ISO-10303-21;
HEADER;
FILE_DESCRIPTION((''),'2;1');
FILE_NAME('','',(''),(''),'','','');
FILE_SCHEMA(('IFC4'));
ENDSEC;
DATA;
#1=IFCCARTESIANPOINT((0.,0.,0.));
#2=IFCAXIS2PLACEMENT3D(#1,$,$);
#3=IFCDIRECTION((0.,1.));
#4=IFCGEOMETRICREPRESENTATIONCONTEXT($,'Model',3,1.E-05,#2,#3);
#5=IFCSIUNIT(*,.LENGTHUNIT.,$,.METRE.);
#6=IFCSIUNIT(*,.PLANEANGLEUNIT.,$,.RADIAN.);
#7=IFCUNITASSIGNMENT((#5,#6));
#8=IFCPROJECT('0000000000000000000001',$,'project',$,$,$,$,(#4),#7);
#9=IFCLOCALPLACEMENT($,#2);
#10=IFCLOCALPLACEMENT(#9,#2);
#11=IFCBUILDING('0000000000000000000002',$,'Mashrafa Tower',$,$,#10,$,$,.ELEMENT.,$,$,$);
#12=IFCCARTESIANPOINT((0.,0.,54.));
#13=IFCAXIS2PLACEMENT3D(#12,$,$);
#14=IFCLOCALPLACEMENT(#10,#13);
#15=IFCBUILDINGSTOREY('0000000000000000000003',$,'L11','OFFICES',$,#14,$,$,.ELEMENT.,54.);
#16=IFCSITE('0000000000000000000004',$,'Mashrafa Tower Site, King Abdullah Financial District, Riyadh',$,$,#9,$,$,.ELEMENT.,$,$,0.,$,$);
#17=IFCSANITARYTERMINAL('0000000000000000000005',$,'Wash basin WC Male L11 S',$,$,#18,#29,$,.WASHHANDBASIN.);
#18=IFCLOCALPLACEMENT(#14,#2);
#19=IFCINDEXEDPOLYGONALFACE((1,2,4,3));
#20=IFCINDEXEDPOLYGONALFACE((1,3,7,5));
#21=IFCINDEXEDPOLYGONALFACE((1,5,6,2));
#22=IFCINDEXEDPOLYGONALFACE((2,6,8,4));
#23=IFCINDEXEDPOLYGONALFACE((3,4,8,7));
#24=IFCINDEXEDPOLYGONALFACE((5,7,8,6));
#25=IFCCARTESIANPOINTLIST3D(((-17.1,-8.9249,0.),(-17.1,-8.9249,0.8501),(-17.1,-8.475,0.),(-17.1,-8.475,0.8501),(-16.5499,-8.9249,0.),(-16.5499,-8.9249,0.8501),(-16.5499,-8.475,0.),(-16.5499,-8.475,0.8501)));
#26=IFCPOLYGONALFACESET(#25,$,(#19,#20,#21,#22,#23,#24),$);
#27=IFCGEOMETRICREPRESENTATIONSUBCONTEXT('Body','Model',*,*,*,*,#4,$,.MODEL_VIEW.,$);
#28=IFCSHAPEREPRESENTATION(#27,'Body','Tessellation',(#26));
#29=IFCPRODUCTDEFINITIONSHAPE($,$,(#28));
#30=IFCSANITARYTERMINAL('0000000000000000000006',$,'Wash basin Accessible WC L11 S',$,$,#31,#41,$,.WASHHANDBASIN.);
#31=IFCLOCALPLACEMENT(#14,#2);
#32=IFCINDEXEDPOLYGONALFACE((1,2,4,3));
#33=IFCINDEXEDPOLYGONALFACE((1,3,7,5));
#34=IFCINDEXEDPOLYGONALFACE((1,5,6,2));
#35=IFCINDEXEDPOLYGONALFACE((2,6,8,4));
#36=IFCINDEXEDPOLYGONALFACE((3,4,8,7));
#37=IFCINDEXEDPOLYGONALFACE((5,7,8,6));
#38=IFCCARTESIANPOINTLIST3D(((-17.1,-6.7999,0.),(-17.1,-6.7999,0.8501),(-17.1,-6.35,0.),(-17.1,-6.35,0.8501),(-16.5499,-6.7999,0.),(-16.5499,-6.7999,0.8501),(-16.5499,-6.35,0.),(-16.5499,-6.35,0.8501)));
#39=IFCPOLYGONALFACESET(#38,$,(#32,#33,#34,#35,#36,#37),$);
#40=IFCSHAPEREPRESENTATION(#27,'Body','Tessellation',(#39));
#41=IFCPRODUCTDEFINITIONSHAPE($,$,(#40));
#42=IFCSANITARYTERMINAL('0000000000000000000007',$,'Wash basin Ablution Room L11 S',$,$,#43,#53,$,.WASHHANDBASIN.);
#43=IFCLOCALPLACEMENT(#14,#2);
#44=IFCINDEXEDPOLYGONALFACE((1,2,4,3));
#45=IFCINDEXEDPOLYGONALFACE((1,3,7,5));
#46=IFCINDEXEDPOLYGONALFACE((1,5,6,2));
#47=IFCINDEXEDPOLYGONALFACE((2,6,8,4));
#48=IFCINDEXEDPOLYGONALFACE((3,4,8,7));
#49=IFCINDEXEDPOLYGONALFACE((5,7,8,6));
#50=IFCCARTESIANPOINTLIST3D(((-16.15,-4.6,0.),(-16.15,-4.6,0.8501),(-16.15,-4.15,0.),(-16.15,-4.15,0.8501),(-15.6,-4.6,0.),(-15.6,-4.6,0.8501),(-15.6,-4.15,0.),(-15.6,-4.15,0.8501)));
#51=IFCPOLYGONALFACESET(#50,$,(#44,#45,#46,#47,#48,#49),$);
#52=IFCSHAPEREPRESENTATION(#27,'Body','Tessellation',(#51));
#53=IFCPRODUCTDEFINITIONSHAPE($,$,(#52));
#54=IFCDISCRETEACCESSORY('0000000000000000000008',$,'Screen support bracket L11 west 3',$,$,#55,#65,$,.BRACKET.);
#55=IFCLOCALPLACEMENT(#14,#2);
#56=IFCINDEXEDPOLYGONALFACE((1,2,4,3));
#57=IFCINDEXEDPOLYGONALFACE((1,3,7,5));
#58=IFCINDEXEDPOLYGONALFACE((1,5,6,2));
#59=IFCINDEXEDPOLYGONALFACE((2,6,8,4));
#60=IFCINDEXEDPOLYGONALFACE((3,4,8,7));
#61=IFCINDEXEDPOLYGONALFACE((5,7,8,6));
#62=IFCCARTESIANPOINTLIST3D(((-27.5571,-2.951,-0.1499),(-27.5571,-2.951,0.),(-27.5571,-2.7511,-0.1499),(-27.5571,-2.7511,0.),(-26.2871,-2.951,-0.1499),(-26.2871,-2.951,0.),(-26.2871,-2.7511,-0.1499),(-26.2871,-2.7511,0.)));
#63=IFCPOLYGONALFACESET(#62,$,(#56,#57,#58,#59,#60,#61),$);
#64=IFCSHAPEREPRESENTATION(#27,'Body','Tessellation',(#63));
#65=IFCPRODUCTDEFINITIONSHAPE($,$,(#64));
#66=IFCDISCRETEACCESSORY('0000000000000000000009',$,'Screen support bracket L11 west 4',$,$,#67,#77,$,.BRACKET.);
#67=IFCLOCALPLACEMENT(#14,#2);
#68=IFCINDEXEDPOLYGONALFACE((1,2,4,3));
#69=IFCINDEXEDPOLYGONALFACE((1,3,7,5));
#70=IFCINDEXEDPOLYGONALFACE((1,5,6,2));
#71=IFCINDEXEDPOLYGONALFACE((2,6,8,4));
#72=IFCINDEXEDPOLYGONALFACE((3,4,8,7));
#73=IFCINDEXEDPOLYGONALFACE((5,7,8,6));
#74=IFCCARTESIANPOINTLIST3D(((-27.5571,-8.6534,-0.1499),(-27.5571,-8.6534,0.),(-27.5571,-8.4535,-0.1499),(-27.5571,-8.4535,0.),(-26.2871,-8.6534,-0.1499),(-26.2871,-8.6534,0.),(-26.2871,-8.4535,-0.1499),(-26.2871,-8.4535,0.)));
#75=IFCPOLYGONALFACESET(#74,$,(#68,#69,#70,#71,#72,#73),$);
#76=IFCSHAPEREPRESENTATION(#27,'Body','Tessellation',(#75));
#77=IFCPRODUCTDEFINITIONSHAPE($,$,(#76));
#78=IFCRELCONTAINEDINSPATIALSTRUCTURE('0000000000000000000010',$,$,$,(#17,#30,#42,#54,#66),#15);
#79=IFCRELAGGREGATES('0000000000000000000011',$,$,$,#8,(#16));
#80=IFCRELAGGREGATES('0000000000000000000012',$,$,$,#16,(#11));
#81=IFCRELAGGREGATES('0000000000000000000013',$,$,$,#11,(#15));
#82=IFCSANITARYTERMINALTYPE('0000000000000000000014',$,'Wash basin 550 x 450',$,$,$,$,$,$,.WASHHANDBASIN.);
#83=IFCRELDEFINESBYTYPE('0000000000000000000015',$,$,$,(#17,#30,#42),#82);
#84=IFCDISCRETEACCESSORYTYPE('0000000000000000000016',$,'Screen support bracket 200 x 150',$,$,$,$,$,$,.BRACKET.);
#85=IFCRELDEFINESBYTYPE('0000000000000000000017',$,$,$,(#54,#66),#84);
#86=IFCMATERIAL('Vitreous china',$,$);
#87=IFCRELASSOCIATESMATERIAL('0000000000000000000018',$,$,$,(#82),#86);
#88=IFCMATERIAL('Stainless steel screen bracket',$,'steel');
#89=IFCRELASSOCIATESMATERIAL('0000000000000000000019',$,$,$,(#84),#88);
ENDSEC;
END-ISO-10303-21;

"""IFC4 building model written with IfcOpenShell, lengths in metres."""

from ifc_helpers import new_model, si_unit, direction, frame, origin, origin_2d, place, context, subcontext, project, spatial, rectangle, extrude, source, transform, mapped, material, type_object, type_shapes, element, save


model = new_model("IFC4")

# Units and contexts
model_context = context("Model", 3, precision=1e-05, world=origin(), true_north=direction((0.0, 1.0)))
body_context = subcontext(model_context, "Body", "Model", "MODEL_VIEW")
ifc_project = project(units=[si_unit("LENGTHUNIT", "METRE"), si_unit("PLANEANGLEUNIT", "RADIAN")], contexts=[model_context])

# Site, building, storey
site_placement = place(None, origin())
site = spatial("IfcSite", under=ifc_project, at=site_placement, Name="Mashrafa Tower Site, King Abdullah Financial District, Riyadh", CompositionType="ELEMENT", RefElevation=0.0)
building_placement = place(site_placement, origin())
building = spatial("IfcBuilding", under=site, at=building_placement, Name="Mashrafa Tower", CompositionType="ELEMENT")
storey_placement = place(building_placement, frame((0.0, 0.0, 54.0)))
storey = spatial("IfcBuildingStorey", under=building, at=storey_placement, Name="L11", Description="OFFICES", CompositionType="ELEMENT", Elevation=54.0)

# Sanitary terminals
ifc_material_1 = material(Name="Vitreous china")
sanitary_terminal_type_1 = type_object("IfcSanitaryTerminalType", Name="Wash basin 550 x 450", PredefinedType="WASHHANDBASIN", material=ifc_material_1)
for number, where, z_axis, x_axis, name in (
    (1, (-16.825, -8.7, 0.0), (0.0, 0.0, 1.0), (1.0, 0.0, 0.0), "Wash basin WC Male L11 S"),
    (2, (-16.825, -6.575, 0.0), (0.0, 0.0, 1.0), (1.0, 0.0, 0.0), "Wash basin Accessible WC L11 S"),
    (3, (-15.875, -4.375, 0.0), (0.0, 0.0, 1.0), (1.0, 0.0, 0.0), "Wash basin Ablution Room L11 S"),
):
    element("IfcSanitaryTerminal", number, at=place(storey_placement, frame(where, z_axis=z_axis, x_axis=x_axis)), inside=storey, type_object=sanitary_terminal_type_1, Name=name, PredefinedType="WASHHANDBASIN", context=body_context, shape_type="SweptSolid", body=[
        extrude(rectangle(XDim=0.55, YDim=0.45, at=origin_2d()), origin(), (0.0, 0.0, 1.0), 0.8501),
    ])

# Discrete accessories
ifc_material_2 = material(Name="Stainless steel screen bracket", Category="steel")
discrete_accessory_type = type_object("IfcDiscreteAccessoryType", Name="Screen support bracket 200 x 150", PredefinedType="BRACKET", material=ifc_material_2)
shared_shape_1 = source(origin(), body_context, "Body", "SweptSolid", [
    extrude(rectangle(XDim=0.2, YDim=1.27, at=origin_2d()), origin(), (0.0, 0.0, 1.0), 0.1499),
])
type_shapes(discrete_accessory_type, [shared_shape_1])
for number, where, z_axis, x_axis, name in (
    (4, (-26.9221, -2.8511, -0.1499), (0.0, 0.0, 1.0), (0.0, -1.0, 0.0), "Screen support bracket L11 west 3"),
    (5, (-26.9221, -8.5535, -0.1499), (0.0, 0.0, 1.0), (0.0, -1.0, 0.0), "Screen support bracket L11 west 4"),
):
    element("IfcDiscreteAccessory", number, at=place(storey_placement, frame(where, z_axis=z_axis, x_axis=x_axis)), inside=storey, type_object=discrete_accessory_type, Name=name, PredefinedType="BRACKET", context=body_context, shape_type="MappedRepresentation", body=[
        mapped(shared_shape_1, transform((0.0, 0.0, 0.0))),
    ])

save(model, "model.ifc")
